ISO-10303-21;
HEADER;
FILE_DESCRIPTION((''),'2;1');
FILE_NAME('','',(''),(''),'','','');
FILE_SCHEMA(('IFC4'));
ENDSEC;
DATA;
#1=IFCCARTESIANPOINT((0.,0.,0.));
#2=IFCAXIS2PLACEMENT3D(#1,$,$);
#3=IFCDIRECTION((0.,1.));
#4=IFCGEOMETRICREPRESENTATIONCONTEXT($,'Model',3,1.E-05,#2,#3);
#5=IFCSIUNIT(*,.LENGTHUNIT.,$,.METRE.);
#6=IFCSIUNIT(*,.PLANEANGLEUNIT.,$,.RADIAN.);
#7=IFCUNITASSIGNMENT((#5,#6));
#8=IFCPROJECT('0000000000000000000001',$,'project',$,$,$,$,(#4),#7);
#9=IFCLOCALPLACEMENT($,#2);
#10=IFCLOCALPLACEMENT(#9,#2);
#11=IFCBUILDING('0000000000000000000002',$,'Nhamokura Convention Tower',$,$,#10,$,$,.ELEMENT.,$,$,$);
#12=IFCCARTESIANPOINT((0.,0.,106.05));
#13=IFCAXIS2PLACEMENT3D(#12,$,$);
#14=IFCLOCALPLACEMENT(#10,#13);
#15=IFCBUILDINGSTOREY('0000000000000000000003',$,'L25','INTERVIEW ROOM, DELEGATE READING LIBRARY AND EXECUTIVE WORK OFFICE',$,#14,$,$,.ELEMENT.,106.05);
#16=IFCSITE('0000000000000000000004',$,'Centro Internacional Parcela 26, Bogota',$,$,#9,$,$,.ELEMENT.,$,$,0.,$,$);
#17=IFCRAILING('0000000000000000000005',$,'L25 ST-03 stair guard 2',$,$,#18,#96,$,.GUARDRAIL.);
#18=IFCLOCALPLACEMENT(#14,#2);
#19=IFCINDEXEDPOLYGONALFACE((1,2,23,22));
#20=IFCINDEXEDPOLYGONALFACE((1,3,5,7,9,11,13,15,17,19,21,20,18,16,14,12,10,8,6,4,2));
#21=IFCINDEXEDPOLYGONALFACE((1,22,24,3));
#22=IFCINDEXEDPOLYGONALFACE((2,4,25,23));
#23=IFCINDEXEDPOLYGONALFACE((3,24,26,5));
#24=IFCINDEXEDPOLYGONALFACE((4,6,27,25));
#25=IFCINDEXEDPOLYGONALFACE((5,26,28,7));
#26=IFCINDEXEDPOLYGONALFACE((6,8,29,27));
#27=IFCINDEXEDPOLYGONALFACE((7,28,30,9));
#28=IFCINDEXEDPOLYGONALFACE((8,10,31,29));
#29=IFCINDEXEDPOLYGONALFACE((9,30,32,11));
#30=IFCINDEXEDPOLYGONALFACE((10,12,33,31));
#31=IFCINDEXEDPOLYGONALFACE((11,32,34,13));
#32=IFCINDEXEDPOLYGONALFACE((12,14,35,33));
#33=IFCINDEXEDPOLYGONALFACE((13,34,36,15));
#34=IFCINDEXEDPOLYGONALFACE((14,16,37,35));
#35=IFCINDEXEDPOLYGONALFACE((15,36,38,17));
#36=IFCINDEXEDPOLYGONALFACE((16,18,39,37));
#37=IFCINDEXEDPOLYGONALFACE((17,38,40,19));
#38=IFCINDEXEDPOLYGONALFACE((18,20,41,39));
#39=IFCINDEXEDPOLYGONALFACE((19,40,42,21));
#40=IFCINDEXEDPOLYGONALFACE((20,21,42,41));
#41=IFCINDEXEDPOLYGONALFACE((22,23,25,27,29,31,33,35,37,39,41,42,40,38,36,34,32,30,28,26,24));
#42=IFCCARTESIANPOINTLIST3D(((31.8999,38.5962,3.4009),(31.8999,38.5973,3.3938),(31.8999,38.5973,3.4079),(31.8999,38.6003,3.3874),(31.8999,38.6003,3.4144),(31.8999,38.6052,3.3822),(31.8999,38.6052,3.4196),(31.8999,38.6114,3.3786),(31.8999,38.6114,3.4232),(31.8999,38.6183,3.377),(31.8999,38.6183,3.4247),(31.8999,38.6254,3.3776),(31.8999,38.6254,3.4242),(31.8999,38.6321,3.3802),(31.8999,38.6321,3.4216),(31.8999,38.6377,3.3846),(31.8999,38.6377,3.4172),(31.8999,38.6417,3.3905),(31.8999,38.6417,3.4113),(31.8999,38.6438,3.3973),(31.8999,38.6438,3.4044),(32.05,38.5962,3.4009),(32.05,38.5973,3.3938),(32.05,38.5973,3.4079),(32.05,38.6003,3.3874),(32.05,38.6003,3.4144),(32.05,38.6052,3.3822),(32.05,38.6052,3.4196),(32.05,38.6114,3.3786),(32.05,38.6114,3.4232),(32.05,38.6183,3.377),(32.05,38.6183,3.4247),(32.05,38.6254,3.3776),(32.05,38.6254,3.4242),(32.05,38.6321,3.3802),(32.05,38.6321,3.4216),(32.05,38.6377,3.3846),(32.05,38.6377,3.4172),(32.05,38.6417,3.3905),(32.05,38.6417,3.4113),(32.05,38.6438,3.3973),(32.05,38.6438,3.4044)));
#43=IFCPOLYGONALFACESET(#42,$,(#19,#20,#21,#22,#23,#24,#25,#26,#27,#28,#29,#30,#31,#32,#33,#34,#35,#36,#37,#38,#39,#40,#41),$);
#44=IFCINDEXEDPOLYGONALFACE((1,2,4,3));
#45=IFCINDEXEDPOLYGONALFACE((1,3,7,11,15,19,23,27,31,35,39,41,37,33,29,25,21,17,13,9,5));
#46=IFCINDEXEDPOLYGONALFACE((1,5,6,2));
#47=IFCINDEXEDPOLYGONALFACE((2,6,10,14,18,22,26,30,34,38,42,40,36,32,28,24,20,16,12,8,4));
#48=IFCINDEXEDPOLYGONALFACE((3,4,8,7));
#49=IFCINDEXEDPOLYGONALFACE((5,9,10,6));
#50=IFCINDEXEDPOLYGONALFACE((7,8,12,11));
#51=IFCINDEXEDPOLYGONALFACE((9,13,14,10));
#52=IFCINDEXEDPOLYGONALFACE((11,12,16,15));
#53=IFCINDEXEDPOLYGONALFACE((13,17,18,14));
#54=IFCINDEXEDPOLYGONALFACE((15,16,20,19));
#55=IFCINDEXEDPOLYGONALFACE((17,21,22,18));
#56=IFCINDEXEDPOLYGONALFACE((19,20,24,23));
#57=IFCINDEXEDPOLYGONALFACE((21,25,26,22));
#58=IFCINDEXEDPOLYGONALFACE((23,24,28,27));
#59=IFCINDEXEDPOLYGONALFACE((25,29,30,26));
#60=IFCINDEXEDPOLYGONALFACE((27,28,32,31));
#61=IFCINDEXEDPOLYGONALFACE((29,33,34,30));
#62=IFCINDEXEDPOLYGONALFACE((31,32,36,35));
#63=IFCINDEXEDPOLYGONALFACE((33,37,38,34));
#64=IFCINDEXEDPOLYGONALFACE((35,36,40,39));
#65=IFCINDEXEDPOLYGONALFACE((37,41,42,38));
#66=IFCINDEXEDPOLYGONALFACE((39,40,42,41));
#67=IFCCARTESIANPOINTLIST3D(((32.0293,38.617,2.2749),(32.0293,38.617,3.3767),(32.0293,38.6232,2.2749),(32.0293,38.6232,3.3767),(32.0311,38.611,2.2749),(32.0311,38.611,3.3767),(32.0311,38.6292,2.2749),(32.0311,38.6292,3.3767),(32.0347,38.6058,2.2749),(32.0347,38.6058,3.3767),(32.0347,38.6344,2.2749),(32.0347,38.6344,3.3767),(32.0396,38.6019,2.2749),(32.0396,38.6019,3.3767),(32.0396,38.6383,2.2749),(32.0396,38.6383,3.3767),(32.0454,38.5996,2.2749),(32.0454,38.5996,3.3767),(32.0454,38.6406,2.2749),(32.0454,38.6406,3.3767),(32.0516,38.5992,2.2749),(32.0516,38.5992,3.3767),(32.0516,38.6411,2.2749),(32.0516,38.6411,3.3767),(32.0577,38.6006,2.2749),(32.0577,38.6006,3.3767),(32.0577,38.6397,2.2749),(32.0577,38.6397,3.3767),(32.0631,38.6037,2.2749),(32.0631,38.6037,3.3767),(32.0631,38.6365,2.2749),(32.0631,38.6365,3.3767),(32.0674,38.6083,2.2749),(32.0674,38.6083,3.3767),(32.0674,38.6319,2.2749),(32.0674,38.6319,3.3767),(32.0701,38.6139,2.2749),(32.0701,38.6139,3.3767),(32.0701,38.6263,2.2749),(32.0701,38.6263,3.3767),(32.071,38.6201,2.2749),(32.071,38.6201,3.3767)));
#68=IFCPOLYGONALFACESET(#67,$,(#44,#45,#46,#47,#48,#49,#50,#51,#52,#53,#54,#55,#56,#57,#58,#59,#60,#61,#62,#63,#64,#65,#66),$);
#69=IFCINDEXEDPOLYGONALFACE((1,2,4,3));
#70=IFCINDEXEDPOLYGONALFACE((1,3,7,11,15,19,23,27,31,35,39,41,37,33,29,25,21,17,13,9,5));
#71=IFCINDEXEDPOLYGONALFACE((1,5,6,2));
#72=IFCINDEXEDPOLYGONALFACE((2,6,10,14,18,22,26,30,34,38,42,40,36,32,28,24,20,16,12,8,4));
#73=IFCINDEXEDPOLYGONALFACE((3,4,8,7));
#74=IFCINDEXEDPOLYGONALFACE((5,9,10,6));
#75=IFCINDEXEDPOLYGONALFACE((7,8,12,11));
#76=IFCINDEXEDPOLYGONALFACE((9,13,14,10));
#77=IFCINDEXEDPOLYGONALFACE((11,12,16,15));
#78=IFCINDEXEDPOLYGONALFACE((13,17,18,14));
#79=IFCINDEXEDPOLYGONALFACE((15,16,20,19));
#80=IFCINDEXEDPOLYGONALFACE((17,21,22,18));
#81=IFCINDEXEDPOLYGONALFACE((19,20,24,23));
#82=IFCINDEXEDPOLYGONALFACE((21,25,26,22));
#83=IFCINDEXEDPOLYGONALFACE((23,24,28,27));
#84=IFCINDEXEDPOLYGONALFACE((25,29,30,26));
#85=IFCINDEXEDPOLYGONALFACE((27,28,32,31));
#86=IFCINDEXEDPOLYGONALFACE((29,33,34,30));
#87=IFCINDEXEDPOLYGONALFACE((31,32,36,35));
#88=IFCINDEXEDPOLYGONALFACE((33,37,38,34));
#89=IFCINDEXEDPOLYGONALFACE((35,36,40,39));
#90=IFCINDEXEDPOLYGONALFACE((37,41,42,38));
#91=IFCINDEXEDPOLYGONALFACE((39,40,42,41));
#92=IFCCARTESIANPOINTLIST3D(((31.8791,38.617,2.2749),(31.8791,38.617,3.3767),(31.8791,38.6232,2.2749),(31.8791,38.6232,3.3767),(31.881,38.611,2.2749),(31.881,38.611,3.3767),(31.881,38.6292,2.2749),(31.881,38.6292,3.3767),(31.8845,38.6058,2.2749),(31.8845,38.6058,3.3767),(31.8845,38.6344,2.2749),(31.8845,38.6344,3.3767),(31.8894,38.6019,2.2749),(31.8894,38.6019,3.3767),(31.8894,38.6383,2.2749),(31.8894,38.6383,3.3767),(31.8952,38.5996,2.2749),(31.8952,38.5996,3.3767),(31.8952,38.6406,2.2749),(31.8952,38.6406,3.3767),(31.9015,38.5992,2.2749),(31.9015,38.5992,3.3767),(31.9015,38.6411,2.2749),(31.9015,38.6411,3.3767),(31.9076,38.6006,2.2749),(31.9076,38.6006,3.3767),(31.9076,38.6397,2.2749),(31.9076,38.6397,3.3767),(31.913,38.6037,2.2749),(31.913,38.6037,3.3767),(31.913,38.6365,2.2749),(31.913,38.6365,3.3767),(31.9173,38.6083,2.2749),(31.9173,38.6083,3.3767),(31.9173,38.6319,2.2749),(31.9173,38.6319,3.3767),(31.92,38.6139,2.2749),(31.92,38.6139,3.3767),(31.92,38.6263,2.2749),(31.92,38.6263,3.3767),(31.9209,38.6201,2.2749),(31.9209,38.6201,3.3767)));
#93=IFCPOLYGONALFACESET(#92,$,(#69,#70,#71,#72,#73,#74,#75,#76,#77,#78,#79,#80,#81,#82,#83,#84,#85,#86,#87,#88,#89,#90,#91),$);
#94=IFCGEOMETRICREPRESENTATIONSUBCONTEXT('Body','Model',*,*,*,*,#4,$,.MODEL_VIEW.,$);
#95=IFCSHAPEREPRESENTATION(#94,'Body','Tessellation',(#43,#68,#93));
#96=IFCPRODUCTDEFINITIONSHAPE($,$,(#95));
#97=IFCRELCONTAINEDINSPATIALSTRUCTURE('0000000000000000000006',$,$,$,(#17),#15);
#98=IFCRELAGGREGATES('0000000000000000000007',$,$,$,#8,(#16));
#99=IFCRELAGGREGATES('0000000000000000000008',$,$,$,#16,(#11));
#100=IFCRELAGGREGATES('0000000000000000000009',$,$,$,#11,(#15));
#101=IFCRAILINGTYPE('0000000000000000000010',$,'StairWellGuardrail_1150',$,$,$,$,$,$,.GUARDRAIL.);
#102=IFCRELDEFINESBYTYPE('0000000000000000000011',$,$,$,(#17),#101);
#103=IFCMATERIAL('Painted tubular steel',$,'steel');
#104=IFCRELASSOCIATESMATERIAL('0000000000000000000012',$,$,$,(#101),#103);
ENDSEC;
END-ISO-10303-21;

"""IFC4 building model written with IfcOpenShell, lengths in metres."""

from ifc_helpers import new_model, si_unit, direction, frame, origin, origin_2d, place, context, subcontext, project, spatial, circle, extrude, material, type_object, element, save


model = new_model("IFC4")

# Units and contexts
model_context = context("Model", 3, precision=1e-05, world=origin(), true_north=direction((0.0, 1.0)))
body_context = subcontext(model_context, "Body", "Model", "MODEL_VIEW")
ifc_project = project(units=[si_unit("LENGTHUNIT", "METRE"), si_unit("PLANEANGLEUNIT", "RADIAN")], contexts=[model_context])

# Site, building, storey
site_placement = place(None, origin())
site = spatial("IfcSite", under=ifc_project, at=site_placement, Name="Centro Internacional Parcela 26, Bogota", CompositionType="ELEMENT", RefElevation=0.0)
building_placement = place(site_placement, origin())
building = spatial("IfcBuilding", under=site, at=building_placement, Name="Nhamokura Convention Tower", CompositionType="ELEMENT")
storey_placement = place(building_placement, frame((0.0, 0.0, 106.05)))
storey = spatial("IfcBuildingStorey", under=building, at=storey_placement, Name="L25", Description="INTERVIEW ROOM, DELEGATE READING LIBRARY AND EXECUTIVE WORK OFFICE", CompositionType="ELEMENT", Elevation=106.05)

# Railing
ifc_material_1 = material(Name="Painted tubular steel", Category="steel")
railing_type_1 = type_object("IfcRailingType", Name="StairWellGuardrail_1150", PredefinedType="GUARDRAIL", material=ifc_material_1)
railing_1_placement = place(storey_placement, frame((32.05, 38.6201, 2.2749)))
element("IfcRailing", 1, at=railing_1_placement, inside=storey, type_object=railing_type_1, Name="L25 ST-03 stair guard 2", PredefinedType="GUARDRAIL", context=body_context, shape_type="SweptSolid", body=[
    extrude(circle(Radius=0.0239, at=origin_2d()), frame((0.0, 0.0, 1.126), z_axis=(-1.0, 0.0, 0.0), x_axis=(0.0, -1.0, 0.0)), (0.0, 0.0, 1.0), 0.1501),
    extrude(circle(Radius=0.021, at=origin_2d()), origin(), (0.0, 0.0, 1.0), 1.1018),
    extrude(circle(Radius=0.021, at=origin_2d()), frame((-0.1501, 0.0, 0.0)), (0.0, 0.0, 1.0), 1.1018),
])

save(model, "model.ifc")
